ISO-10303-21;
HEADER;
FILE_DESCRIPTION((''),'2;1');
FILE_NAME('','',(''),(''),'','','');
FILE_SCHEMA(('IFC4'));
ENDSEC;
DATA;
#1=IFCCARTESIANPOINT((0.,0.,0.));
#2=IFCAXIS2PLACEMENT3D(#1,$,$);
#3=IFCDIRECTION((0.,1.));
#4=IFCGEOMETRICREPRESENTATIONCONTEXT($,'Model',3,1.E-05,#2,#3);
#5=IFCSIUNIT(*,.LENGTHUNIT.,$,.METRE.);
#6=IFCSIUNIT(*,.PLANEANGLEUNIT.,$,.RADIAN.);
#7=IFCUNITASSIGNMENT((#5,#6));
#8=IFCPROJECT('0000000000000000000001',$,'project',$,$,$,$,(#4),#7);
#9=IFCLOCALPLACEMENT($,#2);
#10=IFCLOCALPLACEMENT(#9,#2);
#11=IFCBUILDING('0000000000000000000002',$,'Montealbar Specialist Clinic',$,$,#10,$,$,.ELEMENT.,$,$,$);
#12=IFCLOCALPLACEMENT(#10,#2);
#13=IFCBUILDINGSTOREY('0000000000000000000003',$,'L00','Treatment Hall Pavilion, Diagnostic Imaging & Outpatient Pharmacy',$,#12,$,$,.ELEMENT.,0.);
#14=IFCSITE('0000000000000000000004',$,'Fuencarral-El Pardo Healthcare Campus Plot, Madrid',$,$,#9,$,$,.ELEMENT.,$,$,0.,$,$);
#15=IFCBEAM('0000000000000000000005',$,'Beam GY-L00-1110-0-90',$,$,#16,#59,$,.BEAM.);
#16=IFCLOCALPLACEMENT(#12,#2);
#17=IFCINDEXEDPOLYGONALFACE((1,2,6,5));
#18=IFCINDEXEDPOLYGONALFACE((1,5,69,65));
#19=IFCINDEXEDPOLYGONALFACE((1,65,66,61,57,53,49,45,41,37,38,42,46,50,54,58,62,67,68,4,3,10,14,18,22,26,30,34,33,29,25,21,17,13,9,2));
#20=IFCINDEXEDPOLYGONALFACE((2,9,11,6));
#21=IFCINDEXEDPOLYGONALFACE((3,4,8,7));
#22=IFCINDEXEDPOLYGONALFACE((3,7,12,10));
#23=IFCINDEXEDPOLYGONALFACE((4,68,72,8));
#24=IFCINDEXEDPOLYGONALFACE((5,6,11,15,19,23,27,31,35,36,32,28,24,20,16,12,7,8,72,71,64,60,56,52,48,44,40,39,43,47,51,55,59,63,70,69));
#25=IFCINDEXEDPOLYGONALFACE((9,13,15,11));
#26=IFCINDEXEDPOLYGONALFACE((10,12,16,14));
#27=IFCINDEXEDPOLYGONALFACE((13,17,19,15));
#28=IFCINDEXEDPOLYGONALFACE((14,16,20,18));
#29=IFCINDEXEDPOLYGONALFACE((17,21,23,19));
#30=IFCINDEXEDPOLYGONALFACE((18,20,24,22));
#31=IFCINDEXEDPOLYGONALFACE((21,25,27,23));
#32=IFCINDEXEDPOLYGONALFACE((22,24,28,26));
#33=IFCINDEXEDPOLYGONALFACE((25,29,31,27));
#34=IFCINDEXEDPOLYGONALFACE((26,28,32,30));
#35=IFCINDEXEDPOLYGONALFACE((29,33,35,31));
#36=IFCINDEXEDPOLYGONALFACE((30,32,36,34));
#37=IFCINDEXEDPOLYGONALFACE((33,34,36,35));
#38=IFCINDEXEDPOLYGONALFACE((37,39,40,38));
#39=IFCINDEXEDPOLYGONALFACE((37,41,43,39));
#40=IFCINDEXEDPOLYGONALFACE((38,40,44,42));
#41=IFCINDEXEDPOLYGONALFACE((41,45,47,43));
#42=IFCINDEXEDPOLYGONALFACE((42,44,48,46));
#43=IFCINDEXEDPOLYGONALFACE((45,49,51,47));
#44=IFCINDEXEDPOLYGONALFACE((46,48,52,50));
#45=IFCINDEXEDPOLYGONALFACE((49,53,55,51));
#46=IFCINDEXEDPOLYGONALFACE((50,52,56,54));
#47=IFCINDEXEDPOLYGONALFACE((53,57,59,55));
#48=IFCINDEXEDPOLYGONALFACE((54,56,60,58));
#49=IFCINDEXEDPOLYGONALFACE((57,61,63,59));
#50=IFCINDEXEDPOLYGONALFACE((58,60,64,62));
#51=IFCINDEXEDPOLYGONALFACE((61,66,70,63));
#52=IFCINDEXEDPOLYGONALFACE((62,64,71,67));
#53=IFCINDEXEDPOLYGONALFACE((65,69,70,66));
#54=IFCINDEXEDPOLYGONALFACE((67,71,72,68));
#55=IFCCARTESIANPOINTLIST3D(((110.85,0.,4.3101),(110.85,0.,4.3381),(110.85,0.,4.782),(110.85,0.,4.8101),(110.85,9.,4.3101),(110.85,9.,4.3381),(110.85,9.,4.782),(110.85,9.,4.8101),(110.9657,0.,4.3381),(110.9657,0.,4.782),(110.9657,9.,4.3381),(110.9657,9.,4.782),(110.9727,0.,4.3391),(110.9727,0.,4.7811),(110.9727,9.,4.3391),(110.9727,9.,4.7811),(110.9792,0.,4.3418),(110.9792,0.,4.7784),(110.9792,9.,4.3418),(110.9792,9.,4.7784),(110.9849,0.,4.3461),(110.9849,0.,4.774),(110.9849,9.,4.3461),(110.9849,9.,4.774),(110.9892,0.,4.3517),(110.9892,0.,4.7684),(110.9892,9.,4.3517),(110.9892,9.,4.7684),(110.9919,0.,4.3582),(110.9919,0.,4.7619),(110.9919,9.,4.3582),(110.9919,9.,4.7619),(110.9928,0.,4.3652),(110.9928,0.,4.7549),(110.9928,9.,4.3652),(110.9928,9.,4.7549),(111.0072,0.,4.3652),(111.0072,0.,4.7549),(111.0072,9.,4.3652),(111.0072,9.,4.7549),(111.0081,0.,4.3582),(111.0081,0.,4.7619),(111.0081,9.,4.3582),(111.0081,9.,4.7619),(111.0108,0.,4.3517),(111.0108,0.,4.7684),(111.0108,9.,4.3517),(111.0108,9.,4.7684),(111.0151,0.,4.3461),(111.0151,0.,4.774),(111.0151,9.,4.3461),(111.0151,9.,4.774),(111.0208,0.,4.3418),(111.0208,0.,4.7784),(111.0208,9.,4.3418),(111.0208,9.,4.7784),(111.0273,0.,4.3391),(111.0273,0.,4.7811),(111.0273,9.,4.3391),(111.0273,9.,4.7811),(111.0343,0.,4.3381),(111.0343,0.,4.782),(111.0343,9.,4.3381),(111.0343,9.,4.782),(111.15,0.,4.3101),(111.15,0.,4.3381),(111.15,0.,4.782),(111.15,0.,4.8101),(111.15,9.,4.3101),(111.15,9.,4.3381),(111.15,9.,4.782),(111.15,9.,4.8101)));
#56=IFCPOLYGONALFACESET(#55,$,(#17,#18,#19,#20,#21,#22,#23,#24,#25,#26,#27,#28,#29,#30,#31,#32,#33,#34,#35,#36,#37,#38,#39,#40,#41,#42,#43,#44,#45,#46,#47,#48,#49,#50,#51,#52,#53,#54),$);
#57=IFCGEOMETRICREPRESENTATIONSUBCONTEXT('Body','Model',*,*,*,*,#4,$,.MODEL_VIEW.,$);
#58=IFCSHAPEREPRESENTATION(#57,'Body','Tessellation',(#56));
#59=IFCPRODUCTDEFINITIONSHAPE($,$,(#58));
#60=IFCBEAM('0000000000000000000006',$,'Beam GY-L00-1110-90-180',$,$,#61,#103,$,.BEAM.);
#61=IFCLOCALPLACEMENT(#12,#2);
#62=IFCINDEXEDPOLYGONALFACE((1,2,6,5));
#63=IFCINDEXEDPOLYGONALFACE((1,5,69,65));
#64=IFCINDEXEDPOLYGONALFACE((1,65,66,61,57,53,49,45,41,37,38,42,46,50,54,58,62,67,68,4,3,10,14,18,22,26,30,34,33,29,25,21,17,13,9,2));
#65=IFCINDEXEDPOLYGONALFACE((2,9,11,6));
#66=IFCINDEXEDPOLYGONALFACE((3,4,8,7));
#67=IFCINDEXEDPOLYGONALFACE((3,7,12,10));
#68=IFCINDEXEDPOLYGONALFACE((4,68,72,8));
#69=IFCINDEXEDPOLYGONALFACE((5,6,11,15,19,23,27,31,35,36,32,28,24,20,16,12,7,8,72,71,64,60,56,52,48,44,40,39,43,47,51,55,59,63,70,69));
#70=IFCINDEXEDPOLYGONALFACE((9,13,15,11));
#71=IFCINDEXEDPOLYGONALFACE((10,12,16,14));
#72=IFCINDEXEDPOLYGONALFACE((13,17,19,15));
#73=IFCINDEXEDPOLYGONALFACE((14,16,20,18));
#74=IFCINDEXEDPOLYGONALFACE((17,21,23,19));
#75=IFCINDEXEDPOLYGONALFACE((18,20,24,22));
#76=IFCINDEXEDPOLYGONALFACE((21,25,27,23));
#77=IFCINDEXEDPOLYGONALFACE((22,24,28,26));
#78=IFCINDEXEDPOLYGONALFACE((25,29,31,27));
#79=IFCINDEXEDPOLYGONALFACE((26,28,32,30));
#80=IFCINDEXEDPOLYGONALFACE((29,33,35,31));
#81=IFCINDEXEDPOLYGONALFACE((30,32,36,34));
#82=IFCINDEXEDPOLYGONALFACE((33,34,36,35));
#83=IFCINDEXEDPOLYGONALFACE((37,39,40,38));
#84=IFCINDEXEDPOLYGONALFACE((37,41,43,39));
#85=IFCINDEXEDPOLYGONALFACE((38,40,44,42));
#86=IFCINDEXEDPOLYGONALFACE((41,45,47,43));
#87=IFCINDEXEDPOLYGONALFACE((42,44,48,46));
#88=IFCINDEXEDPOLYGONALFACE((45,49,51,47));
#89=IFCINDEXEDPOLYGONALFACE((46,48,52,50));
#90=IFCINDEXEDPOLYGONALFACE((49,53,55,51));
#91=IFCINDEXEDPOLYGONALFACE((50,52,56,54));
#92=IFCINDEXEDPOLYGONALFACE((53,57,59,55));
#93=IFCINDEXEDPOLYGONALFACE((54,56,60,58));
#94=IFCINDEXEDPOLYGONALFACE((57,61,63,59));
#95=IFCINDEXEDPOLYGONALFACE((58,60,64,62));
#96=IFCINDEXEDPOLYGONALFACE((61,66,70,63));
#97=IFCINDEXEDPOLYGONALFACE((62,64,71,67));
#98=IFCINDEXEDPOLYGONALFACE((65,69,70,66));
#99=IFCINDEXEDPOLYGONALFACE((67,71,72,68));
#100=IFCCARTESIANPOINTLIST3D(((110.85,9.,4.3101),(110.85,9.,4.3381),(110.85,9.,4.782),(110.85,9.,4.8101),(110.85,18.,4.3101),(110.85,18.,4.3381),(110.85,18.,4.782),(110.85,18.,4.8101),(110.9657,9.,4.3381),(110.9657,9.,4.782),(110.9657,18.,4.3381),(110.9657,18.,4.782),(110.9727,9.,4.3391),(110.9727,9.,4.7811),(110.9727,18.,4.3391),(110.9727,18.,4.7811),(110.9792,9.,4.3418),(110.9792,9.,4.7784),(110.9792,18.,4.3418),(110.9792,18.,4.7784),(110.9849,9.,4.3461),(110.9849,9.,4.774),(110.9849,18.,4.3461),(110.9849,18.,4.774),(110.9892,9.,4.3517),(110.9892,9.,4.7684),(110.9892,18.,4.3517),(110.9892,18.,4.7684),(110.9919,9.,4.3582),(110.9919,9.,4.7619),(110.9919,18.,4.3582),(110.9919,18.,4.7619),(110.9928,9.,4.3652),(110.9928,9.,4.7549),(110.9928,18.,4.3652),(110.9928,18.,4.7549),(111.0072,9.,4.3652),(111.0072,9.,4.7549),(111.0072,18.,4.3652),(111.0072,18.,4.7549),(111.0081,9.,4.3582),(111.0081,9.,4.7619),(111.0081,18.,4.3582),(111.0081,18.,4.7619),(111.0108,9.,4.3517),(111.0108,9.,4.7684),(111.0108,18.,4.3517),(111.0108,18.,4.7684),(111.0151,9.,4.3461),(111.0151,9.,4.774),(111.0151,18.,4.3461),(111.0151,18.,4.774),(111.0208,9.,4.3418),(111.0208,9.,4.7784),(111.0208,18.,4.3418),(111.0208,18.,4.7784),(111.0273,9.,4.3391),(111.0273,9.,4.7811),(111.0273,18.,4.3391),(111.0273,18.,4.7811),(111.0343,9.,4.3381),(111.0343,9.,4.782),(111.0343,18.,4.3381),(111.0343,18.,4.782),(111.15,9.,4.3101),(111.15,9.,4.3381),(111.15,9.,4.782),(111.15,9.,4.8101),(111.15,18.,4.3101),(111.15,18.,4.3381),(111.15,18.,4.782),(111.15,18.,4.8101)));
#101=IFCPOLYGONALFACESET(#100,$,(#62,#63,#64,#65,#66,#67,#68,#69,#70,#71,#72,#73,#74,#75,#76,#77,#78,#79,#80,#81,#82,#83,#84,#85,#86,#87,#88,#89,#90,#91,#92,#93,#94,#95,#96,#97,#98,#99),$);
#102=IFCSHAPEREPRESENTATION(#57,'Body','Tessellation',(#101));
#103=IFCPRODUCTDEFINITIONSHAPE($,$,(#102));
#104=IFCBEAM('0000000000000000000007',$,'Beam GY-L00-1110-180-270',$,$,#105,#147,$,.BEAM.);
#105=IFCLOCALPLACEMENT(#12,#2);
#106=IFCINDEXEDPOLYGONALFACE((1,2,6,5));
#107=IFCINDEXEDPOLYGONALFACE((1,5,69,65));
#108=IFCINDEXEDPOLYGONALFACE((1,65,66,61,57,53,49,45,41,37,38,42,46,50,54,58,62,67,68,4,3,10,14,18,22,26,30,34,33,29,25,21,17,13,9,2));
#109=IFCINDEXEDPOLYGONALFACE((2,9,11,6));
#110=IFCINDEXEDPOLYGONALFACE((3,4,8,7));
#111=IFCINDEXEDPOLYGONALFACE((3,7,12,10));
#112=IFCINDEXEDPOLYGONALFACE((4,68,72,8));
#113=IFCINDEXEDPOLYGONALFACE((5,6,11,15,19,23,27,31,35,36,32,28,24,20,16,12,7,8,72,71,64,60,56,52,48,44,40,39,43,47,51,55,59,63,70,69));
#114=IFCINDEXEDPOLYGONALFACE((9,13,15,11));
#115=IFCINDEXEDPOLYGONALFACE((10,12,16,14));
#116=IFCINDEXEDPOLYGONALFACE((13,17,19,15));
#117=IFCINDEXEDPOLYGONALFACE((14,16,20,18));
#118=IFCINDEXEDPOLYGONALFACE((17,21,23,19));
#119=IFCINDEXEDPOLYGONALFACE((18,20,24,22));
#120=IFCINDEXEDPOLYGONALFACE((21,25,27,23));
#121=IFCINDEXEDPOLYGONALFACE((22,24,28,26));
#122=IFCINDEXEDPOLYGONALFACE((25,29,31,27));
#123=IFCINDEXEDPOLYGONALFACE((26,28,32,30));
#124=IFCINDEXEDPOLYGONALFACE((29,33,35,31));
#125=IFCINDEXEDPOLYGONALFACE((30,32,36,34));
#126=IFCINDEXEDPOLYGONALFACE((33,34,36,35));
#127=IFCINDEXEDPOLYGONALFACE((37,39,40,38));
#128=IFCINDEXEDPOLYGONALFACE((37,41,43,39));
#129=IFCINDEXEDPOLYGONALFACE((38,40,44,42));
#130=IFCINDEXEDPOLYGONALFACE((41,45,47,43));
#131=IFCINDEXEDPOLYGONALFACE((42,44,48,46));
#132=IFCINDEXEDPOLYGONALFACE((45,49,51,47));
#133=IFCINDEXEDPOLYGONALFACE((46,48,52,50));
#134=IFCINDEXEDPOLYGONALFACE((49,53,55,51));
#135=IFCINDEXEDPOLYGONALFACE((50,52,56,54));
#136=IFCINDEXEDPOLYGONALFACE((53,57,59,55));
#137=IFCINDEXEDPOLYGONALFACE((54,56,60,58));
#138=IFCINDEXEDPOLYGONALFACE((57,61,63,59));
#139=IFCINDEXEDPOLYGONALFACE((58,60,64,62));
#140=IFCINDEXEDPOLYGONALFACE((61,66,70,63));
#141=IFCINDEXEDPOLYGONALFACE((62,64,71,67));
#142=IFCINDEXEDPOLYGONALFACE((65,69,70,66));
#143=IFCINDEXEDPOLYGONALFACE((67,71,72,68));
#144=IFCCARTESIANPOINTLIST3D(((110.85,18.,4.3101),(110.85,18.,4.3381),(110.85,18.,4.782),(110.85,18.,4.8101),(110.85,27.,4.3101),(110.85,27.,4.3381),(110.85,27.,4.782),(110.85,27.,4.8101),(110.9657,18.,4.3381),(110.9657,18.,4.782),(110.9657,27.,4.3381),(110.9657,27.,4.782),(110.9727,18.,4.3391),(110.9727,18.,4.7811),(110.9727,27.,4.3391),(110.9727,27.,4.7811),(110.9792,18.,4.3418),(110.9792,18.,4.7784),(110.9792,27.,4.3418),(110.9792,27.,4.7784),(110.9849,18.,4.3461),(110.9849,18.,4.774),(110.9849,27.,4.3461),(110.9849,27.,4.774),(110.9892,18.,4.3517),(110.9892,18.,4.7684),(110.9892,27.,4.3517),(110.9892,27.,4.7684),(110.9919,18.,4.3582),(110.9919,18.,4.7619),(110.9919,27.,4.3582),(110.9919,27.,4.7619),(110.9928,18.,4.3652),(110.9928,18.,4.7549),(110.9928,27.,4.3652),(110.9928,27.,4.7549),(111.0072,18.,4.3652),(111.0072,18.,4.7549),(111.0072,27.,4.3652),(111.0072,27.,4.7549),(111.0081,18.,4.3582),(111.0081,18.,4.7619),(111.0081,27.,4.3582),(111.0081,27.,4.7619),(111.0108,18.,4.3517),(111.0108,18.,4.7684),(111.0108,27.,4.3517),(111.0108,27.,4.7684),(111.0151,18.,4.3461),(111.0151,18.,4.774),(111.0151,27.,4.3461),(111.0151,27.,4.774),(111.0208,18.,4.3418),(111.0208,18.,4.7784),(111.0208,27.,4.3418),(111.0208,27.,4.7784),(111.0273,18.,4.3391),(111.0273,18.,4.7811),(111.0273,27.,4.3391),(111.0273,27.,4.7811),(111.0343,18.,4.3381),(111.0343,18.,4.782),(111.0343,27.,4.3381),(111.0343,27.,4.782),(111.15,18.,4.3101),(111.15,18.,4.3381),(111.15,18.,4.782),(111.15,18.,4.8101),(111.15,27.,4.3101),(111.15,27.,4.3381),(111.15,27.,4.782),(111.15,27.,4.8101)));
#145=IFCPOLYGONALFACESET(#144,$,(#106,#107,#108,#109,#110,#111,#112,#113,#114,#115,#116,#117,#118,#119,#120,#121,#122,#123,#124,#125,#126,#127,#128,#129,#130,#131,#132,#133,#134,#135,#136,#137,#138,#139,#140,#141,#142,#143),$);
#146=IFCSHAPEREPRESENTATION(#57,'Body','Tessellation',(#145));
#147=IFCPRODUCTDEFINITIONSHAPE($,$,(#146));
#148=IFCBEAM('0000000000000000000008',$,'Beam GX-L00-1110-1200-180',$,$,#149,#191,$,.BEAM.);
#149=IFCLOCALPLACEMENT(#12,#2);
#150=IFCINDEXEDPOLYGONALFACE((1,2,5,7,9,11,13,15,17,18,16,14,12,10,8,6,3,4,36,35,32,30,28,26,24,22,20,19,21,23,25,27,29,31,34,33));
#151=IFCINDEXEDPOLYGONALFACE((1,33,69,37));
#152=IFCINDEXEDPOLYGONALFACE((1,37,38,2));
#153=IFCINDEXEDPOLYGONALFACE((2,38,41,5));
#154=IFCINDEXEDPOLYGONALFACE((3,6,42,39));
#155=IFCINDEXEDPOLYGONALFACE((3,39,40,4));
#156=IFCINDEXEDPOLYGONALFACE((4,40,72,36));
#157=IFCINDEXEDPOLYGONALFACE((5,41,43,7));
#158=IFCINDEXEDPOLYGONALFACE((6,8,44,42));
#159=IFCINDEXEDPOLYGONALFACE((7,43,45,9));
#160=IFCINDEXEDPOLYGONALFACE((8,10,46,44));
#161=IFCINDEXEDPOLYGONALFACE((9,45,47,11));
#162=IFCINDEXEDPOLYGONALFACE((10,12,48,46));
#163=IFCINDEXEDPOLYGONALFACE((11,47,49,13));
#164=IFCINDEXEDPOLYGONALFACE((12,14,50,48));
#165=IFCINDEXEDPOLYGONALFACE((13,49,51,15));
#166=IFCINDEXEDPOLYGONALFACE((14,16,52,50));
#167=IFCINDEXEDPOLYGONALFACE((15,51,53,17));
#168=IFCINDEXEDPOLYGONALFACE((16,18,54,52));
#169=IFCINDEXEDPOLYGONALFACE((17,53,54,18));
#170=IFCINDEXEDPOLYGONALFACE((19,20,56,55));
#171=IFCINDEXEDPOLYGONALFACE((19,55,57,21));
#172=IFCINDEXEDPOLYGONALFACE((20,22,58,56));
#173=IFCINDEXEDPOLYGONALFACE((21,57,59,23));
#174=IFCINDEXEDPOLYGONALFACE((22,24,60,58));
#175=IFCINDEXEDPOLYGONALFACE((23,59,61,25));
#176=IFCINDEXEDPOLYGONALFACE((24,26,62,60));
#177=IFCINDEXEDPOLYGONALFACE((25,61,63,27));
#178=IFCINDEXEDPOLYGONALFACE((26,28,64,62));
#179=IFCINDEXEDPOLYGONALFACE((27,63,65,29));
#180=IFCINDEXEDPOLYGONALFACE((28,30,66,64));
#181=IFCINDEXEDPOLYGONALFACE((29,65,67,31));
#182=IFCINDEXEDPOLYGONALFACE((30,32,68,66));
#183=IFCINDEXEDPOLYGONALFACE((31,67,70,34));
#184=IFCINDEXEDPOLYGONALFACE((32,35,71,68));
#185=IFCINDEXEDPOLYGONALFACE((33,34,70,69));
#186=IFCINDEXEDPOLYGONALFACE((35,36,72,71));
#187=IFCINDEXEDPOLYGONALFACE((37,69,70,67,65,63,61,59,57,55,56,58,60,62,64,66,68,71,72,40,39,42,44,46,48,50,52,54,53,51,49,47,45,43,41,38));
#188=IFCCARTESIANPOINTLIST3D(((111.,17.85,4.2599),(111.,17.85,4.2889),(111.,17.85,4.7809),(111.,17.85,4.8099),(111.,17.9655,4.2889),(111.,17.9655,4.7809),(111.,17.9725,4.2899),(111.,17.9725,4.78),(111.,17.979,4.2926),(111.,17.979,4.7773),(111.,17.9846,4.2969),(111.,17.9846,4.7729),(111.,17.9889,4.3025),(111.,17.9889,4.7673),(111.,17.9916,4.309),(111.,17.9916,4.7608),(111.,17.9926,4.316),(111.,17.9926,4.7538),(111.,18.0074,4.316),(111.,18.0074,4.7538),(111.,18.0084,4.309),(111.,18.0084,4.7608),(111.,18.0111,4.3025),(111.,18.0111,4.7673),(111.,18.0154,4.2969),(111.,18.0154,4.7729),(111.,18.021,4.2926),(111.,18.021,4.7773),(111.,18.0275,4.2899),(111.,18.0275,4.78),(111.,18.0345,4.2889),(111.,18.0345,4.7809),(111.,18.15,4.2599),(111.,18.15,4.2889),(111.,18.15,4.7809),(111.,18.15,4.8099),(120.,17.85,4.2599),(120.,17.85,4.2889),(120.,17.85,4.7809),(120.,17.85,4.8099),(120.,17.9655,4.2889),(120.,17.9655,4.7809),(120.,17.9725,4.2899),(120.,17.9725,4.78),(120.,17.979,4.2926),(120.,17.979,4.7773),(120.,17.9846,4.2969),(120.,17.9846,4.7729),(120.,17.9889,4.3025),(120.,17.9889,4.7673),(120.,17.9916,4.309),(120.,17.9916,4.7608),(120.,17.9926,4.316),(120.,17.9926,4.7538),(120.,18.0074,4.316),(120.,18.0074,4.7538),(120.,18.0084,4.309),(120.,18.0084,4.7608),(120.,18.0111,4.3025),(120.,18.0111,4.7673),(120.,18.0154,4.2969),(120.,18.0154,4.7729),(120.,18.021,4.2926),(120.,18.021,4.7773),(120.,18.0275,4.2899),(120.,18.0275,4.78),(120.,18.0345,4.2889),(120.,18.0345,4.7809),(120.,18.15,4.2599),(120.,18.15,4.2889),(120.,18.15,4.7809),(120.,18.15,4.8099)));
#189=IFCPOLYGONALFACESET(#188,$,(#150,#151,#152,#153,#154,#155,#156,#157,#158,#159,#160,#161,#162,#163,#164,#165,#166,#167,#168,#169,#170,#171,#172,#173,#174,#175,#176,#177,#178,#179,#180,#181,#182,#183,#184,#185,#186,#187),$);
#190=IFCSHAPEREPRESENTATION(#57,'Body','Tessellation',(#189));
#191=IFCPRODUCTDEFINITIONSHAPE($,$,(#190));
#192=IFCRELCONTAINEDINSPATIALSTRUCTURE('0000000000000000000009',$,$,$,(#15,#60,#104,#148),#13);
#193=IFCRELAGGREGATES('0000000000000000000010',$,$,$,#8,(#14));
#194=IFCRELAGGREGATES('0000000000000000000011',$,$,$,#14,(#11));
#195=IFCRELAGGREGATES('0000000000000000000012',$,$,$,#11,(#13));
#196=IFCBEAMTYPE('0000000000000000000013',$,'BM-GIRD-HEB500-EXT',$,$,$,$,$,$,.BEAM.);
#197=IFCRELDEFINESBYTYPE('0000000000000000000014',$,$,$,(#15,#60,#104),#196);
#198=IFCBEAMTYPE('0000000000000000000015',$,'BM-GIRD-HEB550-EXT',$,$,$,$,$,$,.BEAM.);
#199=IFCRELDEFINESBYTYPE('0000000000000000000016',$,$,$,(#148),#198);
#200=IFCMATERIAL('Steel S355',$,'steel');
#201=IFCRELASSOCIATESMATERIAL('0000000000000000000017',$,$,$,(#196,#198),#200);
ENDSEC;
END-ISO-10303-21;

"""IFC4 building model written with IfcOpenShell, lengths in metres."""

from ifc_helpers import new_model, si_unit, direction, frame, origin, origin_2d, place, context, subcontext, project, spatial, i_section, extrude, material, material_profile, profile_set, type_object, element, save


model = new_model("IFC4")

# Units and contexts
model_context = context("Model", 3, precision=1e-05, world=origin(), true_north=direction((0.0, 1.0)))
body_context = subcontext(model_context, "Body", "Model", "MODEL_VIEW")
ifc_project = project(units=[si_unit("LENGTHUNIT", "METRE"), si_unit("PLANEANGLEUNIT", "RADIAN")], contexts=[model_context])

# Site, building, storey
site_placement = place(None, origin())
site = spatial("IfcSite", under=ifc_project, at=site_placement, Name="Fuencarral-El Pardo Healthcare Campus Plot, Madrid", CompositionType="ELEMENT", RefElevation=0.0)
building_placement = place(site_placement, origin())
building = spatial("IfcBuilding", under=site, at=building_placement, Name="Montealbar Specialist Clinic", CompositionType="ELEMENT")
storey_placement = place(building_placement, origin())
storey = spatial("IfcBuildingStorey", under=building, at=storey_placement, Name="L00", Description="Treatment Hall Pavilion, Diagnostic Imaging & Outpatient Pharmacy", CompositionType="ELEMENT", Elevation=0.0)

# Shared definitions
ifc_material_1 = material(Name="Steel S355", Category="steel")

# Beams
ifc_material_profile_1 = material_profile(ifc_material_1, i_section(OverallWidth=0.3, OverallDepth=0.5, WebThickness=0.0144, FlangeThickness=0.0281, FilletRadius=0.0271, at=origin_2d()), Name="HEB 500", Category="steel")
ifc_profile_set_1 = profile_set([ifc_material_profile_1], Name="Steel S355")
beam_type_1 = type_object("IfcBeamType", Name="BM-GIRD-HEB500-EXT", PredefinedType="BEAM", material=ifc_profile_set_1)
for number, where, z_axis, x_axis, name in (
    (1, (111.0, 0.0, 4.5601), (0.0, 1.0, 0.0), (-1.0, 0.0, 0.0), "Beam GY-L00-1110-0-90"),
    (2, (111.0, 9.0, 4.5601), (0.0, 1.0, 0.0), (-1.0, 0.0, 0.0), "Beam GY-L00-1110-90-180"),
    (3, (111.0, 18.0, 4.5601), (0.0, 1.0, 0.0), (-1.0, 0.0, 0.0), "Beam GY-L00-1110-180-270"),
):
    element("IfcBeam", number, at=place(storey_placement, frame(where, z_axis=z_axis, x_axis=x_axis)), inside=storey, type_object=beam_type_1, Name=name, PredefinedType="BEAM", context=body_context, shape_type="SweptSolid", body=[
        extrude(i_section(OverallWidth=0.3, OverallDepth=0.5, WebThickness=0.0144, FlangeThickness=0.0281, FilletRadius=0.0271, at=origin_2d()), origin(), (0.0, 0.0, 1.0), 9.0),
    ])
ifc_material_profile_2 = material_profile(ifc_material_1, i_section(OverallWidth=0.3, OverallDepth=0.55, WebThickness=0.0149, FlangeThickness=0.0291, FilletRadius=0.0271, at=origin_2d()), Name="HEB 550", Category="steel")
ifc_profile_set_2 = profile_set([ifc_material_profile_2], Name="Steel S355")
beam_type_2 = type_object("IfcBeamType", Name="BM-GIRD-HEB550-EXT", PredefinedType="BEAM", material=ifc_profile_set_2)
beam_1_placement = place(storey_placement, frame((111.0, 18.0, 4.5349), z_axis=(1.0, 0.0, 0.0), x_axis=(0.0, 1.0, 0.0)))
element("IfcBeam", 4, at=beam_1_placement, inside=storey, type_object=beam_type_2, Name="Beam GX-L00-1110-1200-180", PredefinedType="BEAM", context=body_context, shape_type="SweptSolid", body=[
    extrude(i_section(OverallWidth=0.3, OverallDepth=0.55, WebThickness=0.0149, FlangeThickness=0.0291, FilletRadius=0.0271, at=origin_2d()), origin(), (0.0, 0.0, 1.0), 9.0),
])

save(model, "model.ifc")
